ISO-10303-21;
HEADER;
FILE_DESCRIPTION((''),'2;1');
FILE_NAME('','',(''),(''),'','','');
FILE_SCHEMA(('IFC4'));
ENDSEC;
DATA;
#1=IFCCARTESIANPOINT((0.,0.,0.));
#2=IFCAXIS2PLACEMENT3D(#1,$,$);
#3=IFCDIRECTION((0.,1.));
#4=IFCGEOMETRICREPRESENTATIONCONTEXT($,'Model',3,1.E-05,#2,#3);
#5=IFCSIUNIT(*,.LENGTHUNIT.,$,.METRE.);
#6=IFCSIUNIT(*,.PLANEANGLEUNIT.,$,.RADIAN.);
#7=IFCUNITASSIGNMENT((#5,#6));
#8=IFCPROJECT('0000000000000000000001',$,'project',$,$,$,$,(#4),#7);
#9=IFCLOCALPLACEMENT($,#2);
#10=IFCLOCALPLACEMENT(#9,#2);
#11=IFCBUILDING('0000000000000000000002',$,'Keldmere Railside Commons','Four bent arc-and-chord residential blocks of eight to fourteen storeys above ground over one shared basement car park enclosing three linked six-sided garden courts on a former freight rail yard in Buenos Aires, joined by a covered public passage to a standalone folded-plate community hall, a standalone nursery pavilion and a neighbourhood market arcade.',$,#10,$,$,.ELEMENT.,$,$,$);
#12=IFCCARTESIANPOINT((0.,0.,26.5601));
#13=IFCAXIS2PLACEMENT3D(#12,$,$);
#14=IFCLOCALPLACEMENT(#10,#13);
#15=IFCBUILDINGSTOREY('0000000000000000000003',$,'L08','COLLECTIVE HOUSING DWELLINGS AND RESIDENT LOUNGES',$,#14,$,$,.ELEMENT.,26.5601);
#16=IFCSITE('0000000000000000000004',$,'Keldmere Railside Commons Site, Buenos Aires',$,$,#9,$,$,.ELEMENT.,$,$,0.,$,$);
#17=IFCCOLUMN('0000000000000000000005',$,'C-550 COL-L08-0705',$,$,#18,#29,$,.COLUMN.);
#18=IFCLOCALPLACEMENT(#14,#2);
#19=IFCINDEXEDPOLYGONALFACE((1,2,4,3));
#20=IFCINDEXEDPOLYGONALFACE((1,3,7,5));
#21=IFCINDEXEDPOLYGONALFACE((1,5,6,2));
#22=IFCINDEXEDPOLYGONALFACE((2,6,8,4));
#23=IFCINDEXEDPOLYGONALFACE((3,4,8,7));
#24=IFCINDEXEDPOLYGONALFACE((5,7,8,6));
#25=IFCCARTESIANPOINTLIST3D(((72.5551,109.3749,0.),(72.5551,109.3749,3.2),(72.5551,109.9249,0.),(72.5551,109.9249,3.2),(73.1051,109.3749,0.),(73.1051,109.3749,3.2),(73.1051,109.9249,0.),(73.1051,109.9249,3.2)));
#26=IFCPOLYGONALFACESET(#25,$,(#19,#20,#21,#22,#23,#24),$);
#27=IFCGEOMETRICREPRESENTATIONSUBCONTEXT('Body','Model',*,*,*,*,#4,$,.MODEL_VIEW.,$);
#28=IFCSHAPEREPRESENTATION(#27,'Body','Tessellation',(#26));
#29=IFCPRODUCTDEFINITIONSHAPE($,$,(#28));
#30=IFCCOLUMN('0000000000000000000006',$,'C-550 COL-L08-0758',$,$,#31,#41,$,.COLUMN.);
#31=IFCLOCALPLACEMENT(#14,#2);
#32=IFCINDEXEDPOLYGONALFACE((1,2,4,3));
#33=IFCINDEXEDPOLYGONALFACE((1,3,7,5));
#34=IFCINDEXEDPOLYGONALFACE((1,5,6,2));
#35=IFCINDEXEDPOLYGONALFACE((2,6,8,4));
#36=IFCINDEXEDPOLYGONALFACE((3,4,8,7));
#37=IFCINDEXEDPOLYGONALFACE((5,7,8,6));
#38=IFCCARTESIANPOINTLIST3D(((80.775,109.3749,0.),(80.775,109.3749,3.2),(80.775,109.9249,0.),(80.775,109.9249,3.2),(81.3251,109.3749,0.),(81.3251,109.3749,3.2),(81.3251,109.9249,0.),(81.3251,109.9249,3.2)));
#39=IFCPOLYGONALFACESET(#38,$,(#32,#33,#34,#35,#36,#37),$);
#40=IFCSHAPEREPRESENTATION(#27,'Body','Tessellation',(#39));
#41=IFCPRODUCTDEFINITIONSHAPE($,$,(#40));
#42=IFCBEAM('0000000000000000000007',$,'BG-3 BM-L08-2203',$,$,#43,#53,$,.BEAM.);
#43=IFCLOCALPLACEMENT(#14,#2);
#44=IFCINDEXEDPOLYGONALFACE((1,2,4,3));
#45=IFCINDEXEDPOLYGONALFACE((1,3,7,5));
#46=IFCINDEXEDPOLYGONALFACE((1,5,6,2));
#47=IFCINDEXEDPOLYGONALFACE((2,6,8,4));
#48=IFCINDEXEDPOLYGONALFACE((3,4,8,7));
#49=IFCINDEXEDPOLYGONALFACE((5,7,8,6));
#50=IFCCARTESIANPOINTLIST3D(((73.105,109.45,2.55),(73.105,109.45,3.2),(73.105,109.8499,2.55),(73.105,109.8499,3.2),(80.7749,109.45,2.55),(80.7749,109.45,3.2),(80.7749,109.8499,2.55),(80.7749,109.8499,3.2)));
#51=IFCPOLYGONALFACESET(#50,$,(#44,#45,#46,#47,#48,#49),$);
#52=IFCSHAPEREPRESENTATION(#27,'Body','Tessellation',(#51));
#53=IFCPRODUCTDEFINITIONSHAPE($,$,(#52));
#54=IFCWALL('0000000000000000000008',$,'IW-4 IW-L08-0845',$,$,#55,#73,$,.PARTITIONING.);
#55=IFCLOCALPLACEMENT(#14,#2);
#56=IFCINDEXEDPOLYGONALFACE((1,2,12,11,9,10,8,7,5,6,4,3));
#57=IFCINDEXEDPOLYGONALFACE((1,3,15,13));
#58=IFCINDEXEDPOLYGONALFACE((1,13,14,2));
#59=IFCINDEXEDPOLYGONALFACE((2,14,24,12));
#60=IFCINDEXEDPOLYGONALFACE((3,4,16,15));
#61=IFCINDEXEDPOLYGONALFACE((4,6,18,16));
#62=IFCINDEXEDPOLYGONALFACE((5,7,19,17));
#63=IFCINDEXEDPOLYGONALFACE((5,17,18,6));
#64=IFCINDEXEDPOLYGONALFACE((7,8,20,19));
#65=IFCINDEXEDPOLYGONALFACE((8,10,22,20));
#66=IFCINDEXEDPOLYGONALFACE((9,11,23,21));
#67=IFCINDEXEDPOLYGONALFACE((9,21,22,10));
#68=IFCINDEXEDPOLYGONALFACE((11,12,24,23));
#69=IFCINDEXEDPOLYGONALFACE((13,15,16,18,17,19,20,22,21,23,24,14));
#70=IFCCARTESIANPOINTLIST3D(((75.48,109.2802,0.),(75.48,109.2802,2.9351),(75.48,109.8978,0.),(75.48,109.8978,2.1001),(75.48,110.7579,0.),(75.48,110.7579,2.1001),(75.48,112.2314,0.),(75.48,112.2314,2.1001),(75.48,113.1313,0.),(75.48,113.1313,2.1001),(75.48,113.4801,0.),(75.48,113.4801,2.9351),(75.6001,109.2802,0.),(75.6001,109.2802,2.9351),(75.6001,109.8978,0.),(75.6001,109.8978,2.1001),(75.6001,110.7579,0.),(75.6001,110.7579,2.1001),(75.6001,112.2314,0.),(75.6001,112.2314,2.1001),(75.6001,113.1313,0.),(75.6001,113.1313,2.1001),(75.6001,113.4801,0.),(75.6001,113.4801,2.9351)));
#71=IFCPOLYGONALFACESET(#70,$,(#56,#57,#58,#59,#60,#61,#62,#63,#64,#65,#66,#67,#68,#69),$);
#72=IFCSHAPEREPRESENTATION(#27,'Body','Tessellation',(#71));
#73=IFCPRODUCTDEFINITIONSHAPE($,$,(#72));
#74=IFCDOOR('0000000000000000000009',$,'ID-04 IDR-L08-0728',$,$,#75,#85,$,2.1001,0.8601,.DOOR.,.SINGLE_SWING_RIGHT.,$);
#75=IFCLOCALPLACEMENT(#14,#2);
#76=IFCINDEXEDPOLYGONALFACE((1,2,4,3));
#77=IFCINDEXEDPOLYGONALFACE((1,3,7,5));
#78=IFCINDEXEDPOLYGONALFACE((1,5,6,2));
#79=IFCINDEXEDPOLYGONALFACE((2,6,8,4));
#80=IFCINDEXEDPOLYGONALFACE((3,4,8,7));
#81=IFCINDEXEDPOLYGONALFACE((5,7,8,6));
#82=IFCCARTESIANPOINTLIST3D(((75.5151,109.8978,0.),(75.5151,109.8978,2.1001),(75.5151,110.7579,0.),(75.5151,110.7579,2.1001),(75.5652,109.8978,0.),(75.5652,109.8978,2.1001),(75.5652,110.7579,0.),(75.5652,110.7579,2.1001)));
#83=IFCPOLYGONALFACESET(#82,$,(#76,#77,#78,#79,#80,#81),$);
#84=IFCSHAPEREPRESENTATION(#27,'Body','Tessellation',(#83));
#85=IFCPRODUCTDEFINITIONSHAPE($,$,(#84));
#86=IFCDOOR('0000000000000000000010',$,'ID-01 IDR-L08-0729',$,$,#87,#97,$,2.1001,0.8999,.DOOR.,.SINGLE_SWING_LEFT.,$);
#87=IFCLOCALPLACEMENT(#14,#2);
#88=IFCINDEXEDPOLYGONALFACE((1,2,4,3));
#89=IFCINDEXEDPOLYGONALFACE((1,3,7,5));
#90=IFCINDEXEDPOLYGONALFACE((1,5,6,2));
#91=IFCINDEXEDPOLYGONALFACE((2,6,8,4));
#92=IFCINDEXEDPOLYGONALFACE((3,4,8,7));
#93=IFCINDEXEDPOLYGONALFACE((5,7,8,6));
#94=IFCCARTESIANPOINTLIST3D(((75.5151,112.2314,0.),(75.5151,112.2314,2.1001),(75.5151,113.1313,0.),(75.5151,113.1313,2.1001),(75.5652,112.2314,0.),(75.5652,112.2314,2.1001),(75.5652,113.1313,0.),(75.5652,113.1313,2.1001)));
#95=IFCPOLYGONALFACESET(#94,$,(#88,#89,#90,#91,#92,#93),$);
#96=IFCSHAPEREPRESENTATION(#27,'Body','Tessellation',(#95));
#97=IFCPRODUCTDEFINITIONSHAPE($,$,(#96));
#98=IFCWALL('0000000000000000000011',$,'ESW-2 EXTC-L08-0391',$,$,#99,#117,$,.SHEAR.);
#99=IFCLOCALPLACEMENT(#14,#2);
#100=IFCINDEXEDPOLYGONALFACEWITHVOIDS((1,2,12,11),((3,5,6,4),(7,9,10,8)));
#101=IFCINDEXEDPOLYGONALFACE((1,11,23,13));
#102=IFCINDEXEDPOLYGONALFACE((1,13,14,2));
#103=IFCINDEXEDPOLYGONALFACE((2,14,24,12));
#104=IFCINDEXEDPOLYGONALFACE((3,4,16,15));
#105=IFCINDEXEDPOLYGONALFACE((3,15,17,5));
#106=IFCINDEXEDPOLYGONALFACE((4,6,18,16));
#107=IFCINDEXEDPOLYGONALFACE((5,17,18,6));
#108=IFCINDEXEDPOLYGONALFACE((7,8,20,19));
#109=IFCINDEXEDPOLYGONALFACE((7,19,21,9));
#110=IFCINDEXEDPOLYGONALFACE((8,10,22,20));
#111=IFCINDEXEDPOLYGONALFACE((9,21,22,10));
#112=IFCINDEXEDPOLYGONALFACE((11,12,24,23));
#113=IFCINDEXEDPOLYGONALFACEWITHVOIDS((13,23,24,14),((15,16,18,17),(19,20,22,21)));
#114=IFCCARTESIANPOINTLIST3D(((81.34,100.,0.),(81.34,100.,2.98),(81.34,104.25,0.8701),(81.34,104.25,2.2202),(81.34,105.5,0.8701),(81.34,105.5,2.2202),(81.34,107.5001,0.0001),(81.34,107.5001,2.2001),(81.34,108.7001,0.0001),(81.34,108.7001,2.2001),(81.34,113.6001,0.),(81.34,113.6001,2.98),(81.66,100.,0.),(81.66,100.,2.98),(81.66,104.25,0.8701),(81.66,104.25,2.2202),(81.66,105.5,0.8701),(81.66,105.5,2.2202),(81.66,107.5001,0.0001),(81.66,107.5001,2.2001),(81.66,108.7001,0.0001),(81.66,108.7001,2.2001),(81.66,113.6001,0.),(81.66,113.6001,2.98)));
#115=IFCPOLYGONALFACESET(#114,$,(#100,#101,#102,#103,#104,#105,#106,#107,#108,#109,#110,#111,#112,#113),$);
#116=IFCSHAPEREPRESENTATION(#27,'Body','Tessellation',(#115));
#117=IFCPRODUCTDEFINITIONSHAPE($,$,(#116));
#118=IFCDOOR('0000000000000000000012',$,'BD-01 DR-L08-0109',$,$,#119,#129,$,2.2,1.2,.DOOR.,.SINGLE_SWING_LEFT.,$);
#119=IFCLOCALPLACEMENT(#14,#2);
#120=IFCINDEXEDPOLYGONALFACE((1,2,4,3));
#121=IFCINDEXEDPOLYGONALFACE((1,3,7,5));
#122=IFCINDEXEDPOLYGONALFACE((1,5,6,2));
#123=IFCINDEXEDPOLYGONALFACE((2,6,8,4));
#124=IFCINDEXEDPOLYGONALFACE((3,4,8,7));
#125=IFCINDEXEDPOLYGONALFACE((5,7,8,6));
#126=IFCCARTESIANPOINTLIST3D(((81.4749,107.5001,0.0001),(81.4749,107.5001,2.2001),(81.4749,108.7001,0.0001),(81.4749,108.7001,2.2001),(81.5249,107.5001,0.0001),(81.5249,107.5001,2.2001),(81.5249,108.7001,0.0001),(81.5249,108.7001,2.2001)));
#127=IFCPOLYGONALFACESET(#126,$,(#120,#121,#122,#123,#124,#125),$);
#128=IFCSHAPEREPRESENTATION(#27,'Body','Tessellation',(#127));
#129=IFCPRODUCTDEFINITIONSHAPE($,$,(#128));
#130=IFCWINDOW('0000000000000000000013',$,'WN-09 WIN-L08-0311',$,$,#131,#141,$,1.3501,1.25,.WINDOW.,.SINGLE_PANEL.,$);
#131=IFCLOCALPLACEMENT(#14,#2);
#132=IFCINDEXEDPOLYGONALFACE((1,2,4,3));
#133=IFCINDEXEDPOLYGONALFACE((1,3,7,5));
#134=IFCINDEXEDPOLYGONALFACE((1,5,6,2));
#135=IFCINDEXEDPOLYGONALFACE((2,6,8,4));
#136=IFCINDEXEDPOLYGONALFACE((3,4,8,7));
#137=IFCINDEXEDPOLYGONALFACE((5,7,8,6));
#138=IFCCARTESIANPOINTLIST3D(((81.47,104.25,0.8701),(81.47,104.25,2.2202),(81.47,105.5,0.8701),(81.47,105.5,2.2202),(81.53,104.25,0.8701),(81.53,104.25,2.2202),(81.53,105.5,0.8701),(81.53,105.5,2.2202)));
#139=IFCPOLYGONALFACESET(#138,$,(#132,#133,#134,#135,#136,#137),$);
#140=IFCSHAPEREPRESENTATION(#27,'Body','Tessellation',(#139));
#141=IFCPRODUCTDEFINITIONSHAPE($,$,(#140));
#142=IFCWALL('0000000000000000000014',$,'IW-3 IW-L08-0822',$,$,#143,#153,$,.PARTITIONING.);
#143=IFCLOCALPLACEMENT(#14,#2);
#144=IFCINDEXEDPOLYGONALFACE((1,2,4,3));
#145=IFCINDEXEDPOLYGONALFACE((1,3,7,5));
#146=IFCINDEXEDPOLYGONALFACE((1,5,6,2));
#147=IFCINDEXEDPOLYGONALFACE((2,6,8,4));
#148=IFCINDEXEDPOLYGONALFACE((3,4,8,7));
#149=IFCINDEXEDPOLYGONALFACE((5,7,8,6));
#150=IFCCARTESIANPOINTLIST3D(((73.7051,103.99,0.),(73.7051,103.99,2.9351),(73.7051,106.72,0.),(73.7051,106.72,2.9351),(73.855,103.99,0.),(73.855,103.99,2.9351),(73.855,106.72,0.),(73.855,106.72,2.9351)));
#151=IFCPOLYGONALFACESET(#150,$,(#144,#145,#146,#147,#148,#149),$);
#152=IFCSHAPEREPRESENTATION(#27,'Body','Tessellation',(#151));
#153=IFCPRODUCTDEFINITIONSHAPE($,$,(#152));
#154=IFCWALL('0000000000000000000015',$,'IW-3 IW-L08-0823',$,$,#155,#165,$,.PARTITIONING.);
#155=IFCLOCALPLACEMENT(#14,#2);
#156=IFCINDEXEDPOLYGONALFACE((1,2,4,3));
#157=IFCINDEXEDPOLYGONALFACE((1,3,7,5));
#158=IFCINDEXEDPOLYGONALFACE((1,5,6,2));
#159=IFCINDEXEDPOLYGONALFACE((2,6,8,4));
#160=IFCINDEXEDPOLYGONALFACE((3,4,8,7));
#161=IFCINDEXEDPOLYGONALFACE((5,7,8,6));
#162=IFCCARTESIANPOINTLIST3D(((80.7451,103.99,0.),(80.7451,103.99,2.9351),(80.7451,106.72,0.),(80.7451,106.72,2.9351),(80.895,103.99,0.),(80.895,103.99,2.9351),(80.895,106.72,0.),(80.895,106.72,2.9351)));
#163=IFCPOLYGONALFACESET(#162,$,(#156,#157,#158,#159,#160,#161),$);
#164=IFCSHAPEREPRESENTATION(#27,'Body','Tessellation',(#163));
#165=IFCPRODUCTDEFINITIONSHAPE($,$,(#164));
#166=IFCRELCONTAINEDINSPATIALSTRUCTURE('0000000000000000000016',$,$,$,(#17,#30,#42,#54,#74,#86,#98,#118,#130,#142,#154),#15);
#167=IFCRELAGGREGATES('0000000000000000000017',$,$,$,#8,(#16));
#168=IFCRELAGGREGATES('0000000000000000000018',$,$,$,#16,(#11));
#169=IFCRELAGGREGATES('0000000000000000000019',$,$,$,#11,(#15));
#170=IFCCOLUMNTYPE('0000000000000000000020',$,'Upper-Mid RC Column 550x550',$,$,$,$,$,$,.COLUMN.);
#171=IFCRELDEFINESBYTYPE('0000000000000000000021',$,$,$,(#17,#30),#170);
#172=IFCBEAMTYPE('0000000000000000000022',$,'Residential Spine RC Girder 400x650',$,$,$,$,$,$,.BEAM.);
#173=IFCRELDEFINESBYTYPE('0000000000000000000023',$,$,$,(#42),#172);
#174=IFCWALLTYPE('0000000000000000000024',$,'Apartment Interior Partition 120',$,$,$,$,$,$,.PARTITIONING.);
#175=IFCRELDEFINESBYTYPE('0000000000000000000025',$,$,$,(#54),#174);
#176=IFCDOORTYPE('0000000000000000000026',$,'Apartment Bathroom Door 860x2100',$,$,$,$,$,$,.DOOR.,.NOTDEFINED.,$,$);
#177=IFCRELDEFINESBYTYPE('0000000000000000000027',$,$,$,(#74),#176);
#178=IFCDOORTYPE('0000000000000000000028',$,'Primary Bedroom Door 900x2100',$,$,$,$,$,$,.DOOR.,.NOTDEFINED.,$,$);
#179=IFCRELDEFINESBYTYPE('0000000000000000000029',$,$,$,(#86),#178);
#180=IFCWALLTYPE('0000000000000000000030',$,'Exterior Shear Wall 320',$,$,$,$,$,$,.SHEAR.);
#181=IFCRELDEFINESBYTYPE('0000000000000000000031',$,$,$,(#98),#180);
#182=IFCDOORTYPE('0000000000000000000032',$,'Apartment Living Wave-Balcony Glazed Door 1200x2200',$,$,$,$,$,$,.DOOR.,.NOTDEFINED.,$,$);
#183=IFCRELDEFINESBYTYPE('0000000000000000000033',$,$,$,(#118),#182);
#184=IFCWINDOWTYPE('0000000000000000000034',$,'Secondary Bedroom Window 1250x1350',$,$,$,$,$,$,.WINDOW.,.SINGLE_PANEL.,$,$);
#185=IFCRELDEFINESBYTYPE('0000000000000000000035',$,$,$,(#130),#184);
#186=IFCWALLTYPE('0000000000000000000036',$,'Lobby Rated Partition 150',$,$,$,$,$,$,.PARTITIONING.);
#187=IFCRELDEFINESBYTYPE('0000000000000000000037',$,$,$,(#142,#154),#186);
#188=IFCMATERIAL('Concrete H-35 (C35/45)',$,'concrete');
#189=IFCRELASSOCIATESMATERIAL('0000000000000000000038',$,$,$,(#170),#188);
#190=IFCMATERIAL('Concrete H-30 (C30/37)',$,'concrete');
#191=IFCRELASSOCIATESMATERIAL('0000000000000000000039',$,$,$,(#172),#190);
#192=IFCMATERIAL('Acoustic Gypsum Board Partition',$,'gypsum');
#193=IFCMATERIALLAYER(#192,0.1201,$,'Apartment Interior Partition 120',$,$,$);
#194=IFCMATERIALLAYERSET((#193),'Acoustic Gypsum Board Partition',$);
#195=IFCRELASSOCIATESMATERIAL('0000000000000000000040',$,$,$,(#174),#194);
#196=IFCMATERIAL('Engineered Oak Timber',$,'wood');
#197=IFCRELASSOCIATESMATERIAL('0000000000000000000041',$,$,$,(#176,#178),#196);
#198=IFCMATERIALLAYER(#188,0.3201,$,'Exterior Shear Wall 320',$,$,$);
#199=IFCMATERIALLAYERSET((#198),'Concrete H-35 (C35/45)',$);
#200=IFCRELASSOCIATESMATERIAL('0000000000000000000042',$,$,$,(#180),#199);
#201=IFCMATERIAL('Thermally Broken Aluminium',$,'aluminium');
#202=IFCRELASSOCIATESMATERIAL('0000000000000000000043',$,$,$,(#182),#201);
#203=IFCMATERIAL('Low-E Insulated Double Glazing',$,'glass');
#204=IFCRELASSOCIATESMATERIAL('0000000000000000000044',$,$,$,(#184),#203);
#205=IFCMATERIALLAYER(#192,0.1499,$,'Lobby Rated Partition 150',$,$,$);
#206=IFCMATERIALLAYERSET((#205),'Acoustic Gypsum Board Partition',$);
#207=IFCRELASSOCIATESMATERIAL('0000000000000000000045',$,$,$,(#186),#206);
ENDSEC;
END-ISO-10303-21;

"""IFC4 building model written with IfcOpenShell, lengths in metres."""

from ifc_helpers import new_model, si_unit, direction, frame, frame_2d, origin, origin_2d, place, context, subcontext, project, spatial, rectangle, extrude, material, layer, layer_set, material_profile, profile_set, type_object, element, fill, save


model = new_model("IFC4")

# Units and contexts
model_context = context("Model", 3, precision=1e-05, world=origin(), true_north=direction((0.0, 1.0)))
body_context = subcontext(model_context, "Body", "Model", "MODEL_VIEW")
ifc_project = project(units=[si_unit("LENGTHUNIT", "METRE"), si_unit("PLANEANGLEUNIT", "RADIAN")], contexts=[model_context])

# Site, building, storey
site_placement = place(None, origin())
site = spatial("IfcSite", under=ifc_project, at=site_placement, Name="Keldmere Railside Commons Site, Buenos Aires", CompositionType="ELEMENT", RefElevation=0.0)
building_placement = place(site_placement, origin())
building = spatial("IfcBuilding", under=site, at=building_placement, Name="Keldmere Railside Commons", Description="Four bent arc-and-chord residential blocks of eight to fourteen storeys above ground over one shared basement car park enclosing three linked six-sided garden courts on a former freight rail yard in Buenos Aires, joined by a covered public passage to a standalone folded-plate community hall, a standalone nursery pavilion and a neighbourhood market arcade.", CompositionType="ELEMENT")
storey_placement = place(building_placement, frame((0.0, 0.0, 26.5601)))
storey = spatial("IfcBuildingStorey", under=building, at=storey_placement, Name="L08", Description="COLLECTIVE HOUSING DWELLINGS AND RESIDENT LOUNGES", CompositionType="ELEMENT", Elevation=26.5601)

# Columns
ifc_material_1 = material(Name="Concrete H-35 (C35/45)", Category="concrete")
ifc_material_profile_1 = material_profile(ifc_material_1, rectangle(XDim=0.55, YDim=0.55, at=origin_2d()), Name="RC-550x550")
ifc_profile_set_1 = profile_set([ifc_material_profile_1], Name="Concrete H-35 (C35/45)")
column_type = type_object("IfcColumnType", Name="Upper-Mid RC Column 550x550", PredefinedType="COLUMN", material=ifc_profile_set_1)
for number, where, z_axis, x_axis, name in (
    (1, (72.8301, 109.6499, 0.0), (0.0, 0.0, 1.0), (1.0, 0.0, 0.0), "C-550 COL-L08-0705"),
    (2, (81.05, 109.6499, 0.0), (0.0, 0.0, 1.0), (1.0, 0.0, 0.0), "C-550 COL-L08-0758"),
):
    element("IfcColumn", number, at=place(storey_placement, frame(where, z_axis=z_axis, x_axis=x_axis)), inside=storey, type_object=column_type, Name=name, PredefinedType="COLUMN", context=body_context, shape_type="SweptSolid", body=[
        extrude(rectangle(XDim=0.55, YDim=0.55, at=origin_2d()), origin(), (0.0, 0.0, 1.0), 3.2),
    ])

# Beam
ifc_material_2 = material(Name="Concrete H-30 (C30/37)", Category="concrete")
ifc_material_profile_2 = material_profile(ifc_material_2, rectangle(XDim=0.3999, YDim=0.6499, at=origin_2d()), Name="RC-400x650")
ifc_profile_set_2 = profile_set([ifc_material_profile_2], Name="Concrete H-30 (C30/37)")
beam_type = type_object("IfcBeamType", Name="Residential Spine RC Girder 400x650", PredefinedType="BEAM", material=ifc_profile_set_2)
beam_placement = place(storey_placement, frame((73.105, 109.6499, 2.875), z_axis=(1.0, 0.0, 0.0), x_axis=(0.0, 1.0, 0.0)))
element("IfcBeam", 3, at=beam_placement, inside=storey, type_object=beam_type, Name="BG-3 BM-L08-2203", PredefinedType="BEAM", context=body_context, shape_type="SweptSolid", body=[
    extrude(rectangle(XDim=0.3999, YDim=0.6499, at=origin_2d()), origin(), (0.0, 0.0, 1.0), 7.6699),
])

# Wall, openings, doors
ifc_material_3 = material(Name="Acoustic Gypsum Board Partition", Category="gypsum")
ifc_layer_1 = layer(ifc_material_3, 0.1201, Name="Apartment Interior Partition 120")
ifc_layer_set_1 = layer_set([ifc_layer_1], Name="Acoustic Gypsum Board Partition")
wall_type_1 = type_object("IfcWallType", Name="Apartment Interior Partition 120", PredefinedType="PARTITIONING", material=ifc_layer_set_1)
wall_1_placement = place(storey_placement, frame((75.54, 109.28, 0.0), z_axis=(0.0, 0.0, 1.0), x_axis=(0.0, 1.0, 0.0)))
wall_1 = element("IfcWall", 4, at=wall_1_placement, inside=storey, type_object=wall_type_1, Name="IW-4 IW-L08-0845", PredefinedType="PARTITIONING", context=body_context, shape_type="SweptSolid", body=[
    extrude(rectangle(XDim=4.2, YDim=0.1201, at=frame_2d((2.1001, 0.0))), origin(), (0.0, 0.0, 1.0), 2.9351),
])
opening_1_placement = place(wall_1_placement, frame((0.6177, 0.0, 0.0)))
opening_1 = element("IfcOpeningElement", 5, at=opening_1_placement, cuts=wall_1, PredefinedType="OPENING", context=body_context, shape_type="SweptSolid", body=[
    extrude(rectangle(XDim=0.8601, YDim=2.1001, at=frame_2d((0.4302, 1.05))), frame((0.0, 0.0701, 0.0), z_axis=(0.0, -1.0, 0.0), x_axis=(1.0, 0.0, 0.0)), (0.0, 0.0, 1.0), 0.1401),
])
opening_2_placement = place(wall_1_placement, frame((2.9514, 0.0, 0.0)))
opening_2 = element("IfcOpeningElement", 6, at=opening_2_placement, cuts=wall_1, PredefinedType="OPENING", context=body_context, shape_type="SweptSolid", body=[
    extrude(rectangle(XDim=0.8999, YDim=2.1001, at=frame_2d((0.45, 1.05))), frame((0.0, 0.0701, 0.0), z_axis=(0.0, -1.0, 0.0), x_axis=(1.0, 0.0, 0.0)), (0.0, 0.0, 1.0), 0.1401),
])
ifc_material_4 = material(Name="Engineered Oak Timber", Category="wood")
door_type_1 = type_object("IfcDoorType", Name="Apartment Bathroom Door 860x2100", OperationType="NOTDEFINED", PredefinedType="DOOR", material=ifc_material_4)
door_1_placement = place(opening_1_placement, origin())
door_1 = element("IfcDoor", 7, at=door_1_placement, inside=storey, type_object=door_type_1, Name="ID-04 IDR-L08-0728", OperationType="SINGLE_SWING_RIGHT", OverallHeight=2.1001, OverallWidth=0.8601, PredefinedType="DOOR", context=body_context, shape_type="SweptSolid", body=[
    extrude(rectangle(XDim=0.8601, YDim=2.1001, at=frame_2d((0.4302, 1.05))), frame((0.0, 0.0249, 0.0), z_axis=(0.0, -1.0, 0.0), x_axis=(1.0, 0.0, 0.0)), (0.0, 0.0, 1.0), 0.05),
])
fill(opening_1, door_1)
door_type_2 = type_object("IfcDoorType", Name="Primary Bedroom Door 900x2100", OperationType="NOTDEFINED", PredefinedType="DOOR", material=ifc_material_4)
door_2_placement = place(opening_2_placement, origin())
door_2 = element("IfcDoor", 8, at=door_2_placement, inside=storey, type_object=door_type_2, Name="ID-01 IDR-L08-0729", OperationType="SINGLE_SWING_LEFT", OverallHeight=2.1001, OverallWidth=0.8999, PredefinedType="DOOR", context=body_context, shape_type="SweptSolid", body=[
    extrude(rectangle(XDim=0.8999, YDim=2.1001, at=frame_2d((0.45, 1.05))), frame((0.0, 0.0249, 0.0), z_axis=(0.0, -1.0, 0.0), x_axis=(1.0, 0.0, 0.0)), (0.0, 0.0, 1.0), 0.05),
])
fill(opening_2, door_2)

# Wall, openings, door, window
ifc_layer_2 = layer(ifc_material_1, 0.3201, Name="Exterior Shear Wall 320")
ifc_layer_set_2 = layer_set([ifc_layer_2], Name="Concrete H-35 (C35/45)")
wall_type_2 = type_object("IfcWallType", Name="Exterior Shear Wall 320", PredefinedType="SHEAR", material=ifc_layer_set_2)
wall_2_placement = place(storey_placement, frame((81.5, 113.6001, 0.0), z_axis=(0.0, 0.0, 1.0), x_axis=(0.0, -1.0, 0.0)))
wall_2 = element("IfcWall", 9, at=wall_2_placement, inside=storey, type_object=wall_type_2, Name="ESW-2 EXTC-L08-0391", PredefinedType="SHEAR", context=body_context, shape_type="SweptSolid", body=[
    extrude(rectangle(XDim=13.6001, YDim=0.3201, at=frame_2d((6.8, 0.0))), origin(), (0.0, 0.0, 1.0), 2.98),
])
opening_3_placement = place(wall_2_placement, frame((4.8999, 0.0, 0.0)))
opening_3 = element("IfcOpeningElement", 10, at=opening_3_placement, cuts=wall_2, PredefinedType="OPENING", context=body_context, shape_type="SweptSolid", body=[
    extrude(rectangle(XDim=1.2, YDim=2.2, at=frame_2d((0.6001, 1.1001))), frame((0.0, 0.1699, 0.0), z_axis=(0.0, -1.0, 0.0), x_axis=(1.0, 0.0, 0.0)), (0.0, 0.0, 1.0), 0.3401),
])
opening_4_placement = place(wall_2_placement, frame((8.1001, 0.0, 0.8701)))
opening_4 = element("IfcOpeningElement", 11, at=opening_4_placement, cuts=wall_2, PredefinedType="OPENING", context=body_context, shape_type="SweptSolid", body=[
    extrude(rectangle(XDim=1.25, YDim=1.3501, at=frame_2d((0.625, 0.675))), frame((0.0, 0.1699, 0.0), z_axis=(0.0, -1.0, 0.0), x_axis=(1.0, 0.0, 0.0)), (0.0, 0.0, 1.0), 0.3401),
])
ifc_material_5 = material(Name="Thermally Broken Aluminium", Category="aluminium")
door_type_3 = type_object("IfcDoorType", Name="Apartment Living Wave-Balcony Glazed Door 1200x2200", OperationType="NOTDEFINED", PredefinedType="DOOR", material=ifc_material_5)
door_3_placement = place(opening_3_placement, origin())
door_3 = element("IfcDoor", 12, at=door_3_placement, inside=storey, type_object=door_type_3, Name="BD-01 DR-L08-0109", OperationType="SINGLE_SWING_LEFT", OverallHeight=2.2, OverallWidth=1.2, PredefinedType="DOOR", context=body_context, shape_type="SweptSolid", body=[
    extrude(rectangle(XDim=1.2, YDim=2.2, at=frame_2d((0.6001, 1.1001))), frame((0.0, 0.0249, 0.0), z_axis=(0.0, -1.0, 0.0), x_axis=(1.0, 0.0, 0.0)), (0.0, 0.0, 1.0), 0.05),
])
fill(opening_3, door_3)
ifc_material_6 = material(Name="Low-E Insulated Double Glazing", Category="glass")
window_type = type_object("IfcWindowType", Name="Secondary Bedroom Window 1250x1350", PartitioningType="SINGLE_PANEL", PredefinedType="WINDOW", material=ifc_material_6)
window_placement = place(opening_4_placement, origin())
window = element("IfcWindow", 13, at=window_placement, inside=storey, type_object=window_type, Name="WN-09 WIN-L08-0311", OverallHeight=1.3501, OverallWidth=1.25, PartitioningType="SINGLE_PANEL", PredefinedType="WINDOW", context=body_context, shape_type="SweptSolid", body=[
    extrude(rectangle(XDim=1.25, YDim=1.3501, at=frame_2d((0.625, 0.675))), frame((0.0, 0.03, 0.0), z_axis=(0.0, -1.0, 0.0), x_axis=(1.0, 0.0, 0.0)), (0.0, 0.0, 1.0), 0.0601),
])
fill(opening_4, window)

# Walls
ifc_layer_3 = layer(ifc_material_3, 0.1499, Name="Lobby Rated Partition 150")
ifc_layer_set_3 = layer_set([ifc_layer_3], Name="Acoustic Gypsum Board Partition")
wall_type_3 = type_object("IfcWallType", Name="Lobby Rated Partition 150", PredefinedType="PARTITIONING", material=ifc_layer_set_3)
for number, where, z_axis, x_axis, name in (
    (14, (73.78, 103.99, 0.0), (0.0, 0.0, 1.0), (0.0, 1.0, 0.0), "IW-3 IW-L08-0822"),
    (15, (80.8201, 103.99, 0.0), (0.0, 0.0, 1.0), (0.0, 1.0, 0.0), "IW-3 IW-L08-0823"),
):
    element("IfcWall", number, at=place(storey_placement, frame(where, z_axis=z_axis, x_axis=x_axis)), inside=storey, type_object=wall_type_3, Name=name, PredefinedType="PARTITIONING", context=body_context, shape_type="SweptSolid", body=[
        extrude(rectangle(XDim=2.73, YDim=0.1499, at=frame_2d((1.365, 0.0))), origin(), (0.0, 0.0, 1.0), 2.9351),
    ])

save(model, "model.ifc")
